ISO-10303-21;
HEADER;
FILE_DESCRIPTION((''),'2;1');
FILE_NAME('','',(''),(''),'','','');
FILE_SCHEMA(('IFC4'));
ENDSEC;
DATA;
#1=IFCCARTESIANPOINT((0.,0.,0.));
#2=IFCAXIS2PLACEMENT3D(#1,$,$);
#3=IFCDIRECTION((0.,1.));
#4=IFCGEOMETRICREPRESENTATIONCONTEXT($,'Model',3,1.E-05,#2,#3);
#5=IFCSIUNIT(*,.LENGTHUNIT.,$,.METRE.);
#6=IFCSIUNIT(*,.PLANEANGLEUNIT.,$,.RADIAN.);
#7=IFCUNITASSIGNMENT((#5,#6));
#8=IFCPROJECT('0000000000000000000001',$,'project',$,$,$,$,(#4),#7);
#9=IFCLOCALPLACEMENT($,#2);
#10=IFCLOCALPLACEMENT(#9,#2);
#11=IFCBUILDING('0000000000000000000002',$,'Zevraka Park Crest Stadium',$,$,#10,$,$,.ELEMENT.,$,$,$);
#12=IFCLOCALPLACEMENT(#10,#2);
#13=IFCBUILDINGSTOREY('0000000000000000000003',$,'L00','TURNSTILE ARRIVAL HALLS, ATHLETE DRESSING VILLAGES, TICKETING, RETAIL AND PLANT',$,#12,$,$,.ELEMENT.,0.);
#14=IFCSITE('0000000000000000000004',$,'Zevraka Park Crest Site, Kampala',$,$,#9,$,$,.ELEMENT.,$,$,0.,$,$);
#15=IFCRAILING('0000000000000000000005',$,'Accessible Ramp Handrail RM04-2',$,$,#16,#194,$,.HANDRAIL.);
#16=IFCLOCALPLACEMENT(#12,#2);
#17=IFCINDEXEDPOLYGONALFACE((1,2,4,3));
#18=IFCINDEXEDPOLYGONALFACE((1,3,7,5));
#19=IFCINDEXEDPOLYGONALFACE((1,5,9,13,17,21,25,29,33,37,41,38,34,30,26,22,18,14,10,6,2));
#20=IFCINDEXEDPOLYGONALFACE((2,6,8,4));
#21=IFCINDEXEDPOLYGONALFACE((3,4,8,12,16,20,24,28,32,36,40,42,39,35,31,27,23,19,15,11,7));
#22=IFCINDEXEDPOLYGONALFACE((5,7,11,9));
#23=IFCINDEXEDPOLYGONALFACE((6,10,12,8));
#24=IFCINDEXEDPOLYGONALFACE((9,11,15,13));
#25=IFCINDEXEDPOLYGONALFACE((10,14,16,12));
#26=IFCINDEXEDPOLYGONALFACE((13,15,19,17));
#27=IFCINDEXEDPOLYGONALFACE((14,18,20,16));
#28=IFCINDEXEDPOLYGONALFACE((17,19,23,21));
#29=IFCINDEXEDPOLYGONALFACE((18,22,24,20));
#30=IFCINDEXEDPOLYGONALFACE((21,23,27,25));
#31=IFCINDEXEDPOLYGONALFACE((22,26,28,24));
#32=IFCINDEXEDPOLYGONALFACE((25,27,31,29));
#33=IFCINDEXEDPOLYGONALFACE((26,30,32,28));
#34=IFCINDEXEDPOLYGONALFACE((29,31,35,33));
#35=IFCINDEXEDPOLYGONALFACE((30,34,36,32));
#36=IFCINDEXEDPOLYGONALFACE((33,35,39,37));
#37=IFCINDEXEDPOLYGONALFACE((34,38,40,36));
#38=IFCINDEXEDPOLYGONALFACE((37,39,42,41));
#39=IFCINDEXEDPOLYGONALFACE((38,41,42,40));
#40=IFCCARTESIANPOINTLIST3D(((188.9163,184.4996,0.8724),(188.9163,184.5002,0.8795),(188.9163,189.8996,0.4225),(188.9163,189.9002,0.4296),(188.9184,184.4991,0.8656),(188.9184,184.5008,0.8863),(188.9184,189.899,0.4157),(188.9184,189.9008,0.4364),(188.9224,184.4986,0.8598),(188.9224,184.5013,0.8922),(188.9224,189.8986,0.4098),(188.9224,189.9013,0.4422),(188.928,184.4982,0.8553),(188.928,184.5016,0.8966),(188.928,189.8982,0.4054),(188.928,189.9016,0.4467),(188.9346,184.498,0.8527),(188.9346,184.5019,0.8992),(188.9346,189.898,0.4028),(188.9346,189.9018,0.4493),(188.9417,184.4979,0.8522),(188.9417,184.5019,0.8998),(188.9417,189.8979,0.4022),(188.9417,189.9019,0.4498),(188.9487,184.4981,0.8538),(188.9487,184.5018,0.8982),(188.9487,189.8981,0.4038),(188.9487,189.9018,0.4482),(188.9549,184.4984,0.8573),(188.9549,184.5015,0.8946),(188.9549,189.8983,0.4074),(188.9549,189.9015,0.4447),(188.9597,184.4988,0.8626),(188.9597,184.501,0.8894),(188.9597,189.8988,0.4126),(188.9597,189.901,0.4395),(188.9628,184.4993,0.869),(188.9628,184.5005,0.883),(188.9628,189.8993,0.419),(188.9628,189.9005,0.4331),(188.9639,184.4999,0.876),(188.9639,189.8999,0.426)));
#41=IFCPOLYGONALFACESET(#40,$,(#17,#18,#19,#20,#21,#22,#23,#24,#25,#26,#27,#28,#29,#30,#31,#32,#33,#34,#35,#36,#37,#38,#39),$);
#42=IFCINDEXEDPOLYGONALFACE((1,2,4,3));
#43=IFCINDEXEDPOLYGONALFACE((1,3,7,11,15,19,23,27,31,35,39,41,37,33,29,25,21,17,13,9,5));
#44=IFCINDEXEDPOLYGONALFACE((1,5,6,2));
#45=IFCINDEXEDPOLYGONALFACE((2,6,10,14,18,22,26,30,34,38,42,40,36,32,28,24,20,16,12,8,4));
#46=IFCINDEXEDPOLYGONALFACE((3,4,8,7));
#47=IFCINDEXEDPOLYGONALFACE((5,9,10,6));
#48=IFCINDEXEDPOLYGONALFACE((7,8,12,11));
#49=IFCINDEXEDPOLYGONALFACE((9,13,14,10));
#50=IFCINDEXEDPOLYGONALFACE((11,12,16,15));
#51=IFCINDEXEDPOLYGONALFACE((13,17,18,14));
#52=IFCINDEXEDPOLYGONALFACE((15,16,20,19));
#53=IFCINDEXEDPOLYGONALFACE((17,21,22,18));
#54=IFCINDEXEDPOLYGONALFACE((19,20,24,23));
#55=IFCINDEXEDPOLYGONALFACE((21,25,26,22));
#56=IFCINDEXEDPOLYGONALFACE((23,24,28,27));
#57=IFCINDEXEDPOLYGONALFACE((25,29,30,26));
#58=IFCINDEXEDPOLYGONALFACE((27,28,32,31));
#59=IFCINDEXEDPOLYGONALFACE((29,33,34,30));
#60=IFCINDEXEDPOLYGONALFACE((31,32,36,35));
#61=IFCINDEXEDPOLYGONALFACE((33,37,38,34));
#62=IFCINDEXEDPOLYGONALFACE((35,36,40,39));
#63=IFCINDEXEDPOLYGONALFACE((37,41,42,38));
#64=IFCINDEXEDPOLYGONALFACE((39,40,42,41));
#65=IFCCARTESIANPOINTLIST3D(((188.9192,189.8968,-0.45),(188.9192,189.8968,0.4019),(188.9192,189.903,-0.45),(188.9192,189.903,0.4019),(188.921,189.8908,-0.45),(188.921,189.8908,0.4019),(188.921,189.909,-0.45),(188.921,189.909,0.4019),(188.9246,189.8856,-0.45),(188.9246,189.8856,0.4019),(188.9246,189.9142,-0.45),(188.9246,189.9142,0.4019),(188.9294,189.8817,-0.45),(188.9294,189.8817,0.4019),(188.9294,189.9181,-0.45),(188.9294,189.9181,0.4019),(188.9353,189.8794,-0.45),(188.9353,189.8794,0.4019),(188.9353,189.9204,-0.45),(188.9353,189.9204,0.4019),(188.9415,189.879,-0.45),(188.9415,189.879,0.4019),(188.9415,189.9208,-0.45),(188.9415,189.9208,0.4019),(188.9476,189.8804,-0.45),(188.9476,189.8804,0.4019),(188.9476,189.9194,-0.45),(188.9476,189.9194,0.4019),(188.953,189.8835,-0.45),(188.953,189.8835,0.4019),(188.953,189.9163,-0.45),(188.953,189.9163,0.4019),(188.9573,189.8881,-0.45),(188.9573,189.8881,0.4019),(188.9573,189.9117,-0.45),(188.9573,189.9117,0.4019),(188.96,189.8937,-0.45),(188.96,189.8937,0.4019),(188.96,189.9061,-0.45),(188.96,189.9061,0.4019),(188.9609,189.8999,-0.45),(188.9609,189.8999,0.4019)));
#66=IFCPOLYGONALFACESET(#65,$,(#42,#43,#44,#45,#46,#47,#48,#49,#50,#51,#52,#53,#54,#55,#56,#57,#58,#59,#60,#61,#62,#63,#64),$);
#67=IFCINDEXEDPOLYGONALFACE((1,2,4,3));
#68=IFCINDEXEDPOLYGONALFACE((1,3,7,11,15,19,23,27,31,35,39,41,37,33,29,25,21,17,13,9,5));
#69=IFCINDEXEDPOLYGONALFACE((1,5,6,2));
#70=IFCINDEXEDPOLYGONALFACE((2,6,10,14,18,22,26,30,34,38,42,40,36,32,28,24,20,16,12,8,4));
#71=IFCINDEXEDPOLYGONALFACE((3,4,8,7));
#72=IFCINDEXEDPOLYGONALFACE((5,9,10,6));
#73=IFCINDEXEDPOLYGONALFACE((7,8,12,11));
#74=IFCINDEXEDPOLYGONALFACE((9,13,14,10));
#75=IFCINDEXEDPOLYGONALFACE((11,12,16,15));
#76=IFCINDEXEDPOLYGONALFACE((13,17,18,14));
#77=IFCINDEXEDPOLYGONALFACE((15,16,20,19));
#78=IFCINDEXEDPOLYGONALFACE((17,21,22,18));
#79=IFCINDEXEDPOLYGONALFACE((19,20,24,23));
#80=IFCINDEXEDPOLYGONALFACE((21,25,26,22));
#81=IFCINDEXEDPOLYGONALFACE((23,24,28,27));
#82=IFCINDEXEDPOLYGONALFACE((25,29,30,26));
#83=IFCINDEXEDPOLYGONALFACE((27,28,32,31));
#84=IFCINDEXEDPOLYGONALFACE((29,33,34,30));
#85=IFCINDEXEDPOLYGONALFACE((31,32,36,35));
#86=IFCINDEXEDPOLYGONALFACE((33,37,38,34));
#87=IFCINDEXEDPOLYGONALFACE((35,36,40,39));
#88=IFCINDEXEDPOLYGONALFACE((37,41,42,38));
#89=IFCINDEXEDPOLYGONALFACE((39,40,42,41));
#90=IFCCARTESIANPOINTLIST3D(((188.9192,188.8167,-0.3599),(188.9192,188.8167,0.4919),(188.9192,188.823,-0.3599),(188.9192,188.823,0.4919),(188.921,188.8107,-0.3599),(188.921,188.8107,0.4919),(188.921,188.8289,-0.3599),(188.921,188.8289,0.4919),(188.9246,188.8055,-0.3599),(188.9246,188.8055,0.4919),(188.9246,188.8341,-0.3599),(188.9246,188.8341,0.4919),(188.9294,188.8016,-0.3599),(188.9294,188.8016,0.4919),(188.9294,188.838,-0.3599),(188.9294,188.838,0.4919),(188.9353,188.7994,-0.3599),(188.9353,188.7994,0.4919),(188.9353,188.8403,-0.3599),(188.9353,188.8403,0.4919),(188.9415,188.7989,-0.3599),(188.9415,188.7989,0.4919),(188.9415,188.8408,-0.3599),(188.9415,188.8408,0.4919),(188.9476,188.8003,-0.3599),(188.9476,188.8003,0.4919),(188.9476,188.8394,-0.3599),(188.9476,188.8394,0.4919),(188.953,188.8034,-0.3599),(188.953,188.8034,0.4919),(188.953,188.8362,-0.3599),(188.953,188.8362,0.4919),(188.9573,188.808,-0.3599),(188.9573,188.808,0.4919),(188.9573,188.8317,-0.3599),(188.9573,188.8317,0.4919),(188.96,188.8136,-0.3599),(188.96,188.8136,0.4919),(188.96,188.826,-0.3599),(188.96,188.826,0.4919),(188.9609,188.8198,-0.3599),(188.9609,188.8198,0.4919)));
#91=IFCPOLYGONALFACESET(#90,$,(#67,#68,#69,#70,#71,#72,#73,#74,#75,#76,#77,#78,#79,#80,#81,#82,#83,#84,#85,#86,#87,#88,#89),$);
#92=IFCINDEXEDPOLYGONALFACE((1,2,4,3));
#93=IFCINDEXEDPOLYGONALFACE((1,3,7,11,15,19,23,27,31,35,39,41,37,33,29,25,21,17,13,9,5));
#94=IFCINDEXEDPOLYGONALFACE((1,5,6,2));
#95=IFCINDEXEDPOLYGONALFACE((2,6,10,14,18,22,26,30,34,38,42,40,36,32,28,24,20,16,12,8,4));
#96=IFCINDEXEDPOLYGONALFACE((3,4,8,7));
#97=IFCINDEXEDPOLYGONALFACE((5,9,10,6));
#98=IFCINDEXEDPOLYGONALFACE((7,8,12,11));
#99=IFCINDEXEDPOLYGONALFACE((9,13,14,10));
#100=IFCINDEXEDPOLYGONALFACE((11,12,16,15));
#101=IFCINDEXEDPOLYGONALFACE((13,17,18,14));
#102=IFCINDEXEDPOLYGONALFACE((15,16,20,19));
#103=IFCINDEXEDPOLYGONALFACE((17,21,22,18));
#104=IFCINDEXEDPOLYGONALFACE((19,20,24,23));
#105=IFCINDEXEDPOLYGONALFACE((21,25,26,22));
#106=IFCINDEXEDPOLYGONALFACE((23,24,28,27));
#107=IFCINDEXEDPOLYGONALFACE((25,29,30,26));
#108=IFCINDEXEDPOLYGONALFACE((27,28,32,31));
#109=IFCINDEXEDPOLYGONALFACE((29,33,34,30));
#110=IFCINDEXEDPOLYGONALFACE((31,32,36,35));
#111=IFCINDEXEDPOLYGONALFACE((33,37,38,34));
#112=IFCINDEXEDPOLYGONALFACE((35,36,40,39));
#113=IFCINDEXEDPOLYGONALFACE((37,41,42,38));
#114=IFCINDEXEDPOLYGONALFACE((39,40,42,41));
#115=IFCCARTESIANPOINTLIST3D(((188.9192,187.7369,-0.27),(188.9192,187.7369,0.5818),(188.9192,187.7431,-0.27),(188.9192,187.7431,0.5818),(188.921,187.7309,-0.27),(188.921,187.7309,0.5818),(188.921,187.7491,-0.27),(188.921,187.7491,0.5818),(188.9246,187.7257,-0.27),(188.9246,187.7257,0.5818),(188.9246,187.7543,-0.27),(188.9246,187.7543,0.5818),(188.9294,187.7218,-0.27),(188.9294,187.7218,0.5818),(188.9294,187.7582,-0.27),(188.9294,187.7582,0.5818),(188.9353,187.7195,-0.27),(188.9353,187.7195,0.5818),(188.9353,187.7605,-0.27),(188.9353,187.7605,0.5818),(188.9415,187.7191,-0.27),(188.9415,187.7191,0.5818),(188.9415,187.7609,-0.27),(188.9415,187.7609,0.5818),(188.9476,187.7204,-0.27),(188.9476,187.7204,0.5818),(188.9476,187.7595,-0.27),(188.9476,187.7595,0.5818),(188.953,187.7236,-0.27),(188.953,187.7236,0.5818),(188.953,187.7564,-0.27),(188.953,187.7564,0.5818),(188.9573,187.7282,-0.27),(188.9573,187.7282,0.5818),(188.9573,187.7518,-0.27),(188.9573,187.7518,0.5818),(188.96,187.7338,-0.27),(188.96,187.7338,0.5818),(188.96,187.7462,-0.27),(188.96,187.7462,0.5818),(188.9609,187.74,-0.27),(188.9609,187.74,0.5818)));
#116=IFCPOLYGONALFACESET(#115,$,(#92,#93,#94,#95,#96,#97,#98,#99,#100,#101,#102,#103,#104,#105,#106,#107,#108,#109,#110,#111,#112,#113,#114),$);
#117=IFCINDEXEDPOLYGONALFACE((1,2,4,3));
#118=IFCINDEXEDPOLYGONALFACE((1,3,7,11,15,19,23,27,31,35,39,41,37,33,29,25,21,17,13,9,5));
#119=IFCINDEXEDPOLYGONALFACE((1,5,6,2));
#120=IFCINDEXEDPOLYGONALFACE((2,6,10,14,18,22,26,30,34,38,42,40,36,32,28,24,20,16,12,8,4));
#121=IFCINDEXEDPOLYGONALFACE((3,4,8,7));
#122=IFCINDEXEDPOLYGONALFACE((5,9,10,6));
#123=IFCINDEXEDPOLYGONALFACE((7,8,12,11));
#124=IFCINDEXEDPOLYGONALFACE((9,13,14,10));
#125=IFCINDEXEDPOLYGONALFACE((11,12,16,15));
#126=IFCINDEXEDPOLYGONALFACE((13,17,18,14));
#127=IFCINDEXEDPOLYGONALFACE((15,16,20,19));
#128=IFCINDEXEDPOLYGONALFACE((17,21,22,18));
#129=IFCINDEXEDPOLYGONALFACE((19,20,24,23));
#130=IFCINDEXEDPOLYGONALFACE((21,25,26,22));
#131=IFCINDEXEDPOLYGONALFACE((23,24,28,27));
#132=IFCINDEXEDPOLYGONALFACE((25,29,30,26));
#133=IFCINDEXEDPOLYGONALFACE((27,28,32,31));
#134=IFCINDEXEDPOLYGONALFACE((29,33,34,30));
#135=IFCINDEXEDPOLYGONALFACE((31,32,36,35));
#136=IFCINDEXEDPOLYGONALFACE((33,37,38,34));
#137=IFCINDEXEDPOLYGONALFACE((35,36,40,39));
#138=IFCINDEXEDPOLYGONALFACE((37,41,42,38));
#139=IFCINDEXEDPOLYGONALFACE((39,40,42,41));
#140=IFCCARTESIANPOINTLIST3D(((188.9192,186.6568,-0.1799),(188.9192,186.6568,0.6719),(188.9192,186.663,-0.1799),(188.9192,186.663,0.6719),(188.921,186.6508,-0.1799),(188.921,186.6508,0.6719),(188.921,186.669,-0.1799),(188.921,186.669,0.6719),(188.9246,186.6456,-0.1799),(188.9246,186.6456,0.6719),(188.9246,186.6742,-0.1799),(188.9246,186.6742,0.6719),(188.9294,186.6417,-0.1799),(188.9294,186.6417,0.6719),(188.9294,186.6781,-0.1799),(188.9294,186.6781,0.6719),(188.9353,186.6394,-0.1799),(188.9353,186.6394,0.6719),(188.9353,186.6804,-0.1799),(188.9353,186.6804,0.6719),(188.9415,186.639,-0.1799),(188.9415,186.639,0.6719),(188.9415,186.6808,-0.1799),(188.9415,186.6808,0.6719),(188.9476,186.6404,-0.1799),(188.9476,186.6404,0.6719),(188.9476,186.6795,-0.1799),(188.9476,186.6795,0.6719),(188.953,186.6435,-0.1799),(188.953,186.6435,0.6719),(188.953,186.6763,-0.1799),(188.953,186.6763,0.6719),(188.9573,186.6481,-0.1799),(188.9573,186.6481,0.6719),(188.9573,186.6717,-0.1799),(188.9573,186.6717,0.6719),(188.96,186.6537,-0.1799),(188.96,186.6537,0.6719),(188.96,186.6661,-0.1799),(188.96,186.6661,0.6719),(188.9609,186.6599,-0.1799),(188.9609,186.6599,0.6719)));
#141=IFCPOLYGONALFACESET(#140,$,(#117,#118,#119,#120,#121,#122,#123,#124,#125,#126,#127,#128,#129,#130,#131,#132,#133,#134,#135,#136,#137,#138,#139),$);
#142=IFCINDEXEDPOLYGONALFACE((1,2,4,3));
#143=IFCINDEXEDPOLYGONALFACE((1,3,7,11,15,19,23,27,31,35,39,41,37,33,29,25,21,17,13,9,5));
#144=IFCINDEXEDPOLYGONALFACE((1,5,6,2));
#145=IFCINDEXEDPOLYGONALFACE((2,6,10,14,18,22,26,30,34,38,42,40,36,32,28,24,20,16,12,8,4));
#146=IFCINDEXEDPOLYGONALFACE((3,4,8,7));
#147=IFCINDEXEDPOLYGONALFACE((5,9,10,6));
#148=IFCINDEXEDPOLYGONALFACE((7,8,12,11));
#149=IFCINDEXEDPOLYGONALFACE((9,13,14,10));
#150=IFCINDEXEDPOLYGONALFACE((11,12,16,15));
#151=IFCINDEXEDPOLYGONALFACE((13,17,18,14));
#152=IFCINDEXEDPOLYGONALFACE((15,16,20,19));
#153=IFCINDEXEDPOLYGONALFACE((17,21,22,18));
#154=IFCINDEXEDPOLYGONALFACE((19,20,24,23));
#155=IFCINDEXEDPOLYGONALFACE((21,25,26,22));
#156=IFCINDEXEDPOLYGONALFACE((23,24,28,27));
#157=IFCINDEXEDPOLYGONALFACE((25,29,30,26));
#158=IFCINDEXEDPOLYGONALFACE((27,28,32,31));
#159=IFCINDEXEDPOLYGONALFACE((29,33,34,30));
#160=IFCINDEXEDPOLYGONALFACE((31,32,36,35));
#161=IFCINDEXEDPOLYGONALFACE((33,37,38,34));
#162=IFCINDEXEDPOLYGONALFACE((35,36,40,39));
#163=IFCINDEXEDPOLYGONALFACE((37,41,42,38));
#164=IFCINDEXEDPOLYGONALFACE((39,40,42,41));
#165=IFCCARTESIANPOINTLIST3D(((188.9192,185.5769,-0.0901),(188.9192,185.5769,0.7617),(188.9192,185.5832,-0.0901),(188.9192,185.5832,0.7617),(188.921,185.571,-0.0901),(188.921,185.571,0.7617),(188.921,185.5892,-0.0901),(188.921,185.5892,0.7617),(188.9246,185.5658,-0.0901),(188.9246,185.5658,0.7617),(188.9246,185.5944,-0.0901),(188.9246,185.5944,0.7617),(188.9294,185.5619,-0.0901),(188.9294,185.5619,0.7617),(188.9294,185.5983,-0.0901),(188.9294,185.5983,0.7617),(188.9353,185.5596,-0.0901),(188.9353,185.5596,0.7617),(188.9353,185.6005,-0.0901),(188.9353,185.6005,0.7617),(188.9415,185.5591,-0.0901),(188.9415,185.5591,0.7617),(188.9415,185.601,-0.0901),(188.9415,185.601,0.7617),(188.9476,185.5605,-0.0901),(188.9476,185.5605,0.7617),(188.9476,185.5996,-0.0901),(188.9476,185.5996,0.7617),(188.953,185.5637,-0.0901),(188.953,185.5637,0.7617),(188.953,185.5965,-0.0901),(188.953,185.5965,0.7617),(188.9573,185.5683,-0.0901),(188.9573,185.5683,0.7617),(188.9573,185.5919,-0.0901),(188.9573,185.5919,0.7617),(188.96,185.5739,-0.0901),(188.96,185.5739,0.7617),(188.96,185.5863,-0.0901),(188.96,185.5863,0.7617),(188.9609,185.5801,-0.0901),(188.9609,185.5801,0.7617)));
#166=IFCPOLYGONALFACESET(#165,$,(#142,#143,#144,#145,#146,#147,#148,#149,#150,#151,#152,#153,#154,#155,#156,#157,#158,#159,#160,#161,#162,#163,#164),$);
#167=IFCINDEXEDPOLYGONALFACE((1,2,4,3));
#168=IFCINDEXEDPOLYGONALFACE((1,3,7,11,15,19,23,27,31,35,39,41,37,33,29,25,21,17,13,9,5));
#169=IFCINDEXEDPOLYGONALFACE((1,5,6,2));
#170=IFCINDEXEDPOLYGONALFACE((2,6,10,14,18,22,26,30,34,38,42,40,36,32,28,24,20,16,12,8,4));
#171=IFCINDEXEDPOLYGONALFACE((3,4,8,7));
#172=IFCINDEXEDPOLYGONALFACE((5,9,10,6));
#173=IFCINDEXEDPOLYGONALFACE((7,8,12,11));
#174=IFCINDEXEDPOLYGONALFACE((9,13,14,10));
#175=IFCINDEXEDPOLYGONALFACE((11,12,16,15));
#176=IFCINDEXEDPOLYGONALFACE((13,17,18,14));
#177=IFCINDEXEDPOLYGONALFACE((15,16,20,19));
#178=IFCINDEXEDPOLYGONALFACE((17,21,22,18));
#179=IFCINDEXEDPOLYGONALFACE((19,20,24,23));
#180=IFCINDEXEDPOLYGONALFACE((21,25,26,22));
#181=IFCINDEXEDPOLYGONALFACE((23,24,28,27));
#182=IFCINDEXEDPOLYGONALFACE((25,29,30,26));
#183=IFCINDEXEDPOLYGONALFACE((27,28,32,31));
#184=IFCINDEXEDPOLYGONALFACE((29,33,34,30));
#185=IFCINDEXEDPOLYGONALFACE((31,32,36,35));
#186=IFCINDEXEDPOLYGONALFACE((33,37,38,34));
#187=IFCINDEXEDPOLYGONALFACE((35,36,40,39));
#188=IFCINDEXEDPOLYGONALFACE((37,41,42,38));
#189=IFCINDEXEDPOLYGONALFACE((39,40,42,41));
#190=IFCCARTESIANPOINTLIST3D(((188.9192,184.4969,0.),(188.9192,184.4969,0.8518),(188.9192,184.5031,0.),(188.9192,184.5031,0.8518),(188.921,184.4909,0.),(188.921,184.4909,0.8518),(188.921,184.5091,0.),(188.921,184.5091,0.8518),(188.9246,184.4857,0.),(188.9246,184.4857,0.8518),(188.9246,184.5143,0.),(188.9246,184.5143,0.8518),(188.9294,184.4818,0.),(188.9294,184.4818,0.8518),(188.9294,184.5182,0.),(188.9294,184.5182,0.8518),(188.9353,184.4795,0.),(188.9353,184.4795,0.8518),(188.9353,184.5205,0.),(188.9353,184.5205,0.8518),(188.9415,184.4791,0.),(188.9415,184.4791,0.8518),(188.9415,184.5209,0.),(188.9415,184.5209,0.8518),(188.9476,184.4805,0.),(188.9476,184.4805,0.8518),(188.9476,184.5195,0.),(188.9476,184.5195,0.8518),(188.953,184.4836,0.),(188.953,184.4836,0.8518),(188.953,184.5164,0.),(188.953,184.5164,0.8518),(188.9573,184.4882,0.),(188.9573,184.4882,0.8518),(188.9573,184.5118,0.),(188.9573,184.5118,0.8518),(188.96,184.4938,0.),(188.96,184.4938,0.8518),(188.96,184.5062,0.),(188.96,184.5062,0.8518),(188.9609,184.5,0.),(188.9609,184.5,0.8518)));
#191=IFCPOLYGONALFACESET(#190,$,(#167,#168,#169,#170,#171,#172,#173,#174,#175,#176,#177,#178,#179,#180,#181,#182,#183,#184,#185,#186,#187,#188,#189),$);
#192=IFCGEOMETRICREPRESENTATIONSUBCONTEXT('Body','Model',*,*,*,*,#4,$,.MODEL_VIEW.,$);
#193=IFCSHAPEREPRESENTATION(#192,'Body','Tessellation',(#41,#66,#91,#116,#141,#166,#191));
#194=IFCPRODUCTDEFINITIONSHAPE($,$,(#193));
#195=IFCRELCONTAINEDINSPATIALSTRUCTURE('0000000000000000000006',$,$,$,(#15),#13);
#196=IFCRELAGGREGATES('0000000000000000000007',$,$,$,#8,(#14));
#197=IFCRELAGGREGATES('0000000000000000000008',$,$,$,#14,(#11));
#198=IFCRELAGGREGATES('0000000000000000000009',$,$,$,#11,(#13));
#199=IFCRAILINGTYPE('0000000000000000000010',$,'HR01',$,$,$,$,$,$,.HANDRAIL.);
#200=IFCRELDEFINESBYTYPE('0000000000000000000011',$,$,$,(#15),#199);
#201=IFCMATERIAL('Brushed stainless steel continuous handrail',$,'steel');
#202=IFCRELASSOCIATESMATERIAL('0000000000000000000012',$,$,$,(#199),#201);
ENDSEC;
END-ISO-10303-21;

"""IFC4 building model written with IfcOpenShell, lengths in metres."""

from ifc_helpers import new_model, si_unit, direction, frame, origin, origin_2d, place, context, subcontext, project, spatial, circle, extrude, material, type_object, element, save


model = new_model("IFC4")

# Units and contexts
model_context = context("Model", 3, precision=1e-05, world=origin(), true_north=direction((0.0, 1.0)))
body_context = subcontext(model_context, "Body", "Model", "MODEL_VIEW")
ifc_project = project(units=[si_unit("LENGTHUNIT", "METRE"), si_unit("PLANEANGLEUNIT", "RADIAN")], contexts=[model_context])

# Site, building, storey
site_placement = place(None, origin())
site = spatial("IfcSite", under=ifc_project, at=site_placement, Name="Zevraka Park Crest Site, Kampala", CompositionType="ELEMENT", RefElevation=0.0)
building_placement = place(site_placement, origin())
building = spatial("IfcBuilding", under=site, at=building_placement, Name="Zevraka Park Crest Stadium", CompositionType="ELEMENT")
storey_placement = place(building_placement, origin())
storey = spatial("IfcBuildingStorey", under=building, at=storey_placement, Name="L00", Description="TURNSTILE ARRIVAL HALLS, ATHLETE DRESSING VILLAGES, TICKETING, RETAIL AND PLANT", CompositionType="ELEMENT", Elevation=0.0)

# Railing
ifc_material_1 = material(Name="Brushed stainless steel continuous handrail", Category="steel")
railing_type = type_object("IfcRailingType", Name="HR01", PredefinedType="HANDRAIL", material=ifc_material_1)
for number, where, name in (
    (1, (188.9399, 189.8999, -0.45), "Accessible Ramp Handrail RM04-2"),
):
    element("IfcRailing", number, at=place(storey_placement, frame(where)), inside=storey, type_object=railing_type, Name=name, PredefinedType="HANDRAIL", context=body_context, shape_type="SweptSolid", body=[
        extrude(circle(Radius=0.0239, at=origin_2d()), frame((0.0, 0.0, 0.876), z_axis=(0.0, -0.996546, 0.083038), x_axis=(1.0, 0.0, 0.0)), (0.0, 0.0, 1.0), 5.4187),
        extrude(circle(Radius=0.021, at=origin_2d()), origin(), (0.0, 0.0, 1.0), 0.8518),
        extrude(circle(Radius=0.021, at=origin_2d()), frame((0.0, -1.0801, 0.0901)), (0.0, 0.0, 1.0), 0.8518),
        extrude(circle(Radius=0.021, at=origin_2d()), frame((0.0, -2.1599, 0.1799)), (0.0, 0.0, 1.0), 0.8518),
        extrude(circle(Radius=0.021, at=origin_2d()), frame((0.0, -3.24, 0.27)), (0.0, 0.0, 1.0), 0.8518),
        extrude(circle(Radius=0.021, at=origin_2d()), frame((0.0, -4.3198, 0.3599)), (0.0, 0.0, 1.0), 0.8518),
        extrude(circle(Radius=0.021, at=origin_2d()), frame((0.0, -5.3999, 0.45)), (0.0, 0.0, 1.0), 0.8518),
    ])

save(model, "model.ifc")
